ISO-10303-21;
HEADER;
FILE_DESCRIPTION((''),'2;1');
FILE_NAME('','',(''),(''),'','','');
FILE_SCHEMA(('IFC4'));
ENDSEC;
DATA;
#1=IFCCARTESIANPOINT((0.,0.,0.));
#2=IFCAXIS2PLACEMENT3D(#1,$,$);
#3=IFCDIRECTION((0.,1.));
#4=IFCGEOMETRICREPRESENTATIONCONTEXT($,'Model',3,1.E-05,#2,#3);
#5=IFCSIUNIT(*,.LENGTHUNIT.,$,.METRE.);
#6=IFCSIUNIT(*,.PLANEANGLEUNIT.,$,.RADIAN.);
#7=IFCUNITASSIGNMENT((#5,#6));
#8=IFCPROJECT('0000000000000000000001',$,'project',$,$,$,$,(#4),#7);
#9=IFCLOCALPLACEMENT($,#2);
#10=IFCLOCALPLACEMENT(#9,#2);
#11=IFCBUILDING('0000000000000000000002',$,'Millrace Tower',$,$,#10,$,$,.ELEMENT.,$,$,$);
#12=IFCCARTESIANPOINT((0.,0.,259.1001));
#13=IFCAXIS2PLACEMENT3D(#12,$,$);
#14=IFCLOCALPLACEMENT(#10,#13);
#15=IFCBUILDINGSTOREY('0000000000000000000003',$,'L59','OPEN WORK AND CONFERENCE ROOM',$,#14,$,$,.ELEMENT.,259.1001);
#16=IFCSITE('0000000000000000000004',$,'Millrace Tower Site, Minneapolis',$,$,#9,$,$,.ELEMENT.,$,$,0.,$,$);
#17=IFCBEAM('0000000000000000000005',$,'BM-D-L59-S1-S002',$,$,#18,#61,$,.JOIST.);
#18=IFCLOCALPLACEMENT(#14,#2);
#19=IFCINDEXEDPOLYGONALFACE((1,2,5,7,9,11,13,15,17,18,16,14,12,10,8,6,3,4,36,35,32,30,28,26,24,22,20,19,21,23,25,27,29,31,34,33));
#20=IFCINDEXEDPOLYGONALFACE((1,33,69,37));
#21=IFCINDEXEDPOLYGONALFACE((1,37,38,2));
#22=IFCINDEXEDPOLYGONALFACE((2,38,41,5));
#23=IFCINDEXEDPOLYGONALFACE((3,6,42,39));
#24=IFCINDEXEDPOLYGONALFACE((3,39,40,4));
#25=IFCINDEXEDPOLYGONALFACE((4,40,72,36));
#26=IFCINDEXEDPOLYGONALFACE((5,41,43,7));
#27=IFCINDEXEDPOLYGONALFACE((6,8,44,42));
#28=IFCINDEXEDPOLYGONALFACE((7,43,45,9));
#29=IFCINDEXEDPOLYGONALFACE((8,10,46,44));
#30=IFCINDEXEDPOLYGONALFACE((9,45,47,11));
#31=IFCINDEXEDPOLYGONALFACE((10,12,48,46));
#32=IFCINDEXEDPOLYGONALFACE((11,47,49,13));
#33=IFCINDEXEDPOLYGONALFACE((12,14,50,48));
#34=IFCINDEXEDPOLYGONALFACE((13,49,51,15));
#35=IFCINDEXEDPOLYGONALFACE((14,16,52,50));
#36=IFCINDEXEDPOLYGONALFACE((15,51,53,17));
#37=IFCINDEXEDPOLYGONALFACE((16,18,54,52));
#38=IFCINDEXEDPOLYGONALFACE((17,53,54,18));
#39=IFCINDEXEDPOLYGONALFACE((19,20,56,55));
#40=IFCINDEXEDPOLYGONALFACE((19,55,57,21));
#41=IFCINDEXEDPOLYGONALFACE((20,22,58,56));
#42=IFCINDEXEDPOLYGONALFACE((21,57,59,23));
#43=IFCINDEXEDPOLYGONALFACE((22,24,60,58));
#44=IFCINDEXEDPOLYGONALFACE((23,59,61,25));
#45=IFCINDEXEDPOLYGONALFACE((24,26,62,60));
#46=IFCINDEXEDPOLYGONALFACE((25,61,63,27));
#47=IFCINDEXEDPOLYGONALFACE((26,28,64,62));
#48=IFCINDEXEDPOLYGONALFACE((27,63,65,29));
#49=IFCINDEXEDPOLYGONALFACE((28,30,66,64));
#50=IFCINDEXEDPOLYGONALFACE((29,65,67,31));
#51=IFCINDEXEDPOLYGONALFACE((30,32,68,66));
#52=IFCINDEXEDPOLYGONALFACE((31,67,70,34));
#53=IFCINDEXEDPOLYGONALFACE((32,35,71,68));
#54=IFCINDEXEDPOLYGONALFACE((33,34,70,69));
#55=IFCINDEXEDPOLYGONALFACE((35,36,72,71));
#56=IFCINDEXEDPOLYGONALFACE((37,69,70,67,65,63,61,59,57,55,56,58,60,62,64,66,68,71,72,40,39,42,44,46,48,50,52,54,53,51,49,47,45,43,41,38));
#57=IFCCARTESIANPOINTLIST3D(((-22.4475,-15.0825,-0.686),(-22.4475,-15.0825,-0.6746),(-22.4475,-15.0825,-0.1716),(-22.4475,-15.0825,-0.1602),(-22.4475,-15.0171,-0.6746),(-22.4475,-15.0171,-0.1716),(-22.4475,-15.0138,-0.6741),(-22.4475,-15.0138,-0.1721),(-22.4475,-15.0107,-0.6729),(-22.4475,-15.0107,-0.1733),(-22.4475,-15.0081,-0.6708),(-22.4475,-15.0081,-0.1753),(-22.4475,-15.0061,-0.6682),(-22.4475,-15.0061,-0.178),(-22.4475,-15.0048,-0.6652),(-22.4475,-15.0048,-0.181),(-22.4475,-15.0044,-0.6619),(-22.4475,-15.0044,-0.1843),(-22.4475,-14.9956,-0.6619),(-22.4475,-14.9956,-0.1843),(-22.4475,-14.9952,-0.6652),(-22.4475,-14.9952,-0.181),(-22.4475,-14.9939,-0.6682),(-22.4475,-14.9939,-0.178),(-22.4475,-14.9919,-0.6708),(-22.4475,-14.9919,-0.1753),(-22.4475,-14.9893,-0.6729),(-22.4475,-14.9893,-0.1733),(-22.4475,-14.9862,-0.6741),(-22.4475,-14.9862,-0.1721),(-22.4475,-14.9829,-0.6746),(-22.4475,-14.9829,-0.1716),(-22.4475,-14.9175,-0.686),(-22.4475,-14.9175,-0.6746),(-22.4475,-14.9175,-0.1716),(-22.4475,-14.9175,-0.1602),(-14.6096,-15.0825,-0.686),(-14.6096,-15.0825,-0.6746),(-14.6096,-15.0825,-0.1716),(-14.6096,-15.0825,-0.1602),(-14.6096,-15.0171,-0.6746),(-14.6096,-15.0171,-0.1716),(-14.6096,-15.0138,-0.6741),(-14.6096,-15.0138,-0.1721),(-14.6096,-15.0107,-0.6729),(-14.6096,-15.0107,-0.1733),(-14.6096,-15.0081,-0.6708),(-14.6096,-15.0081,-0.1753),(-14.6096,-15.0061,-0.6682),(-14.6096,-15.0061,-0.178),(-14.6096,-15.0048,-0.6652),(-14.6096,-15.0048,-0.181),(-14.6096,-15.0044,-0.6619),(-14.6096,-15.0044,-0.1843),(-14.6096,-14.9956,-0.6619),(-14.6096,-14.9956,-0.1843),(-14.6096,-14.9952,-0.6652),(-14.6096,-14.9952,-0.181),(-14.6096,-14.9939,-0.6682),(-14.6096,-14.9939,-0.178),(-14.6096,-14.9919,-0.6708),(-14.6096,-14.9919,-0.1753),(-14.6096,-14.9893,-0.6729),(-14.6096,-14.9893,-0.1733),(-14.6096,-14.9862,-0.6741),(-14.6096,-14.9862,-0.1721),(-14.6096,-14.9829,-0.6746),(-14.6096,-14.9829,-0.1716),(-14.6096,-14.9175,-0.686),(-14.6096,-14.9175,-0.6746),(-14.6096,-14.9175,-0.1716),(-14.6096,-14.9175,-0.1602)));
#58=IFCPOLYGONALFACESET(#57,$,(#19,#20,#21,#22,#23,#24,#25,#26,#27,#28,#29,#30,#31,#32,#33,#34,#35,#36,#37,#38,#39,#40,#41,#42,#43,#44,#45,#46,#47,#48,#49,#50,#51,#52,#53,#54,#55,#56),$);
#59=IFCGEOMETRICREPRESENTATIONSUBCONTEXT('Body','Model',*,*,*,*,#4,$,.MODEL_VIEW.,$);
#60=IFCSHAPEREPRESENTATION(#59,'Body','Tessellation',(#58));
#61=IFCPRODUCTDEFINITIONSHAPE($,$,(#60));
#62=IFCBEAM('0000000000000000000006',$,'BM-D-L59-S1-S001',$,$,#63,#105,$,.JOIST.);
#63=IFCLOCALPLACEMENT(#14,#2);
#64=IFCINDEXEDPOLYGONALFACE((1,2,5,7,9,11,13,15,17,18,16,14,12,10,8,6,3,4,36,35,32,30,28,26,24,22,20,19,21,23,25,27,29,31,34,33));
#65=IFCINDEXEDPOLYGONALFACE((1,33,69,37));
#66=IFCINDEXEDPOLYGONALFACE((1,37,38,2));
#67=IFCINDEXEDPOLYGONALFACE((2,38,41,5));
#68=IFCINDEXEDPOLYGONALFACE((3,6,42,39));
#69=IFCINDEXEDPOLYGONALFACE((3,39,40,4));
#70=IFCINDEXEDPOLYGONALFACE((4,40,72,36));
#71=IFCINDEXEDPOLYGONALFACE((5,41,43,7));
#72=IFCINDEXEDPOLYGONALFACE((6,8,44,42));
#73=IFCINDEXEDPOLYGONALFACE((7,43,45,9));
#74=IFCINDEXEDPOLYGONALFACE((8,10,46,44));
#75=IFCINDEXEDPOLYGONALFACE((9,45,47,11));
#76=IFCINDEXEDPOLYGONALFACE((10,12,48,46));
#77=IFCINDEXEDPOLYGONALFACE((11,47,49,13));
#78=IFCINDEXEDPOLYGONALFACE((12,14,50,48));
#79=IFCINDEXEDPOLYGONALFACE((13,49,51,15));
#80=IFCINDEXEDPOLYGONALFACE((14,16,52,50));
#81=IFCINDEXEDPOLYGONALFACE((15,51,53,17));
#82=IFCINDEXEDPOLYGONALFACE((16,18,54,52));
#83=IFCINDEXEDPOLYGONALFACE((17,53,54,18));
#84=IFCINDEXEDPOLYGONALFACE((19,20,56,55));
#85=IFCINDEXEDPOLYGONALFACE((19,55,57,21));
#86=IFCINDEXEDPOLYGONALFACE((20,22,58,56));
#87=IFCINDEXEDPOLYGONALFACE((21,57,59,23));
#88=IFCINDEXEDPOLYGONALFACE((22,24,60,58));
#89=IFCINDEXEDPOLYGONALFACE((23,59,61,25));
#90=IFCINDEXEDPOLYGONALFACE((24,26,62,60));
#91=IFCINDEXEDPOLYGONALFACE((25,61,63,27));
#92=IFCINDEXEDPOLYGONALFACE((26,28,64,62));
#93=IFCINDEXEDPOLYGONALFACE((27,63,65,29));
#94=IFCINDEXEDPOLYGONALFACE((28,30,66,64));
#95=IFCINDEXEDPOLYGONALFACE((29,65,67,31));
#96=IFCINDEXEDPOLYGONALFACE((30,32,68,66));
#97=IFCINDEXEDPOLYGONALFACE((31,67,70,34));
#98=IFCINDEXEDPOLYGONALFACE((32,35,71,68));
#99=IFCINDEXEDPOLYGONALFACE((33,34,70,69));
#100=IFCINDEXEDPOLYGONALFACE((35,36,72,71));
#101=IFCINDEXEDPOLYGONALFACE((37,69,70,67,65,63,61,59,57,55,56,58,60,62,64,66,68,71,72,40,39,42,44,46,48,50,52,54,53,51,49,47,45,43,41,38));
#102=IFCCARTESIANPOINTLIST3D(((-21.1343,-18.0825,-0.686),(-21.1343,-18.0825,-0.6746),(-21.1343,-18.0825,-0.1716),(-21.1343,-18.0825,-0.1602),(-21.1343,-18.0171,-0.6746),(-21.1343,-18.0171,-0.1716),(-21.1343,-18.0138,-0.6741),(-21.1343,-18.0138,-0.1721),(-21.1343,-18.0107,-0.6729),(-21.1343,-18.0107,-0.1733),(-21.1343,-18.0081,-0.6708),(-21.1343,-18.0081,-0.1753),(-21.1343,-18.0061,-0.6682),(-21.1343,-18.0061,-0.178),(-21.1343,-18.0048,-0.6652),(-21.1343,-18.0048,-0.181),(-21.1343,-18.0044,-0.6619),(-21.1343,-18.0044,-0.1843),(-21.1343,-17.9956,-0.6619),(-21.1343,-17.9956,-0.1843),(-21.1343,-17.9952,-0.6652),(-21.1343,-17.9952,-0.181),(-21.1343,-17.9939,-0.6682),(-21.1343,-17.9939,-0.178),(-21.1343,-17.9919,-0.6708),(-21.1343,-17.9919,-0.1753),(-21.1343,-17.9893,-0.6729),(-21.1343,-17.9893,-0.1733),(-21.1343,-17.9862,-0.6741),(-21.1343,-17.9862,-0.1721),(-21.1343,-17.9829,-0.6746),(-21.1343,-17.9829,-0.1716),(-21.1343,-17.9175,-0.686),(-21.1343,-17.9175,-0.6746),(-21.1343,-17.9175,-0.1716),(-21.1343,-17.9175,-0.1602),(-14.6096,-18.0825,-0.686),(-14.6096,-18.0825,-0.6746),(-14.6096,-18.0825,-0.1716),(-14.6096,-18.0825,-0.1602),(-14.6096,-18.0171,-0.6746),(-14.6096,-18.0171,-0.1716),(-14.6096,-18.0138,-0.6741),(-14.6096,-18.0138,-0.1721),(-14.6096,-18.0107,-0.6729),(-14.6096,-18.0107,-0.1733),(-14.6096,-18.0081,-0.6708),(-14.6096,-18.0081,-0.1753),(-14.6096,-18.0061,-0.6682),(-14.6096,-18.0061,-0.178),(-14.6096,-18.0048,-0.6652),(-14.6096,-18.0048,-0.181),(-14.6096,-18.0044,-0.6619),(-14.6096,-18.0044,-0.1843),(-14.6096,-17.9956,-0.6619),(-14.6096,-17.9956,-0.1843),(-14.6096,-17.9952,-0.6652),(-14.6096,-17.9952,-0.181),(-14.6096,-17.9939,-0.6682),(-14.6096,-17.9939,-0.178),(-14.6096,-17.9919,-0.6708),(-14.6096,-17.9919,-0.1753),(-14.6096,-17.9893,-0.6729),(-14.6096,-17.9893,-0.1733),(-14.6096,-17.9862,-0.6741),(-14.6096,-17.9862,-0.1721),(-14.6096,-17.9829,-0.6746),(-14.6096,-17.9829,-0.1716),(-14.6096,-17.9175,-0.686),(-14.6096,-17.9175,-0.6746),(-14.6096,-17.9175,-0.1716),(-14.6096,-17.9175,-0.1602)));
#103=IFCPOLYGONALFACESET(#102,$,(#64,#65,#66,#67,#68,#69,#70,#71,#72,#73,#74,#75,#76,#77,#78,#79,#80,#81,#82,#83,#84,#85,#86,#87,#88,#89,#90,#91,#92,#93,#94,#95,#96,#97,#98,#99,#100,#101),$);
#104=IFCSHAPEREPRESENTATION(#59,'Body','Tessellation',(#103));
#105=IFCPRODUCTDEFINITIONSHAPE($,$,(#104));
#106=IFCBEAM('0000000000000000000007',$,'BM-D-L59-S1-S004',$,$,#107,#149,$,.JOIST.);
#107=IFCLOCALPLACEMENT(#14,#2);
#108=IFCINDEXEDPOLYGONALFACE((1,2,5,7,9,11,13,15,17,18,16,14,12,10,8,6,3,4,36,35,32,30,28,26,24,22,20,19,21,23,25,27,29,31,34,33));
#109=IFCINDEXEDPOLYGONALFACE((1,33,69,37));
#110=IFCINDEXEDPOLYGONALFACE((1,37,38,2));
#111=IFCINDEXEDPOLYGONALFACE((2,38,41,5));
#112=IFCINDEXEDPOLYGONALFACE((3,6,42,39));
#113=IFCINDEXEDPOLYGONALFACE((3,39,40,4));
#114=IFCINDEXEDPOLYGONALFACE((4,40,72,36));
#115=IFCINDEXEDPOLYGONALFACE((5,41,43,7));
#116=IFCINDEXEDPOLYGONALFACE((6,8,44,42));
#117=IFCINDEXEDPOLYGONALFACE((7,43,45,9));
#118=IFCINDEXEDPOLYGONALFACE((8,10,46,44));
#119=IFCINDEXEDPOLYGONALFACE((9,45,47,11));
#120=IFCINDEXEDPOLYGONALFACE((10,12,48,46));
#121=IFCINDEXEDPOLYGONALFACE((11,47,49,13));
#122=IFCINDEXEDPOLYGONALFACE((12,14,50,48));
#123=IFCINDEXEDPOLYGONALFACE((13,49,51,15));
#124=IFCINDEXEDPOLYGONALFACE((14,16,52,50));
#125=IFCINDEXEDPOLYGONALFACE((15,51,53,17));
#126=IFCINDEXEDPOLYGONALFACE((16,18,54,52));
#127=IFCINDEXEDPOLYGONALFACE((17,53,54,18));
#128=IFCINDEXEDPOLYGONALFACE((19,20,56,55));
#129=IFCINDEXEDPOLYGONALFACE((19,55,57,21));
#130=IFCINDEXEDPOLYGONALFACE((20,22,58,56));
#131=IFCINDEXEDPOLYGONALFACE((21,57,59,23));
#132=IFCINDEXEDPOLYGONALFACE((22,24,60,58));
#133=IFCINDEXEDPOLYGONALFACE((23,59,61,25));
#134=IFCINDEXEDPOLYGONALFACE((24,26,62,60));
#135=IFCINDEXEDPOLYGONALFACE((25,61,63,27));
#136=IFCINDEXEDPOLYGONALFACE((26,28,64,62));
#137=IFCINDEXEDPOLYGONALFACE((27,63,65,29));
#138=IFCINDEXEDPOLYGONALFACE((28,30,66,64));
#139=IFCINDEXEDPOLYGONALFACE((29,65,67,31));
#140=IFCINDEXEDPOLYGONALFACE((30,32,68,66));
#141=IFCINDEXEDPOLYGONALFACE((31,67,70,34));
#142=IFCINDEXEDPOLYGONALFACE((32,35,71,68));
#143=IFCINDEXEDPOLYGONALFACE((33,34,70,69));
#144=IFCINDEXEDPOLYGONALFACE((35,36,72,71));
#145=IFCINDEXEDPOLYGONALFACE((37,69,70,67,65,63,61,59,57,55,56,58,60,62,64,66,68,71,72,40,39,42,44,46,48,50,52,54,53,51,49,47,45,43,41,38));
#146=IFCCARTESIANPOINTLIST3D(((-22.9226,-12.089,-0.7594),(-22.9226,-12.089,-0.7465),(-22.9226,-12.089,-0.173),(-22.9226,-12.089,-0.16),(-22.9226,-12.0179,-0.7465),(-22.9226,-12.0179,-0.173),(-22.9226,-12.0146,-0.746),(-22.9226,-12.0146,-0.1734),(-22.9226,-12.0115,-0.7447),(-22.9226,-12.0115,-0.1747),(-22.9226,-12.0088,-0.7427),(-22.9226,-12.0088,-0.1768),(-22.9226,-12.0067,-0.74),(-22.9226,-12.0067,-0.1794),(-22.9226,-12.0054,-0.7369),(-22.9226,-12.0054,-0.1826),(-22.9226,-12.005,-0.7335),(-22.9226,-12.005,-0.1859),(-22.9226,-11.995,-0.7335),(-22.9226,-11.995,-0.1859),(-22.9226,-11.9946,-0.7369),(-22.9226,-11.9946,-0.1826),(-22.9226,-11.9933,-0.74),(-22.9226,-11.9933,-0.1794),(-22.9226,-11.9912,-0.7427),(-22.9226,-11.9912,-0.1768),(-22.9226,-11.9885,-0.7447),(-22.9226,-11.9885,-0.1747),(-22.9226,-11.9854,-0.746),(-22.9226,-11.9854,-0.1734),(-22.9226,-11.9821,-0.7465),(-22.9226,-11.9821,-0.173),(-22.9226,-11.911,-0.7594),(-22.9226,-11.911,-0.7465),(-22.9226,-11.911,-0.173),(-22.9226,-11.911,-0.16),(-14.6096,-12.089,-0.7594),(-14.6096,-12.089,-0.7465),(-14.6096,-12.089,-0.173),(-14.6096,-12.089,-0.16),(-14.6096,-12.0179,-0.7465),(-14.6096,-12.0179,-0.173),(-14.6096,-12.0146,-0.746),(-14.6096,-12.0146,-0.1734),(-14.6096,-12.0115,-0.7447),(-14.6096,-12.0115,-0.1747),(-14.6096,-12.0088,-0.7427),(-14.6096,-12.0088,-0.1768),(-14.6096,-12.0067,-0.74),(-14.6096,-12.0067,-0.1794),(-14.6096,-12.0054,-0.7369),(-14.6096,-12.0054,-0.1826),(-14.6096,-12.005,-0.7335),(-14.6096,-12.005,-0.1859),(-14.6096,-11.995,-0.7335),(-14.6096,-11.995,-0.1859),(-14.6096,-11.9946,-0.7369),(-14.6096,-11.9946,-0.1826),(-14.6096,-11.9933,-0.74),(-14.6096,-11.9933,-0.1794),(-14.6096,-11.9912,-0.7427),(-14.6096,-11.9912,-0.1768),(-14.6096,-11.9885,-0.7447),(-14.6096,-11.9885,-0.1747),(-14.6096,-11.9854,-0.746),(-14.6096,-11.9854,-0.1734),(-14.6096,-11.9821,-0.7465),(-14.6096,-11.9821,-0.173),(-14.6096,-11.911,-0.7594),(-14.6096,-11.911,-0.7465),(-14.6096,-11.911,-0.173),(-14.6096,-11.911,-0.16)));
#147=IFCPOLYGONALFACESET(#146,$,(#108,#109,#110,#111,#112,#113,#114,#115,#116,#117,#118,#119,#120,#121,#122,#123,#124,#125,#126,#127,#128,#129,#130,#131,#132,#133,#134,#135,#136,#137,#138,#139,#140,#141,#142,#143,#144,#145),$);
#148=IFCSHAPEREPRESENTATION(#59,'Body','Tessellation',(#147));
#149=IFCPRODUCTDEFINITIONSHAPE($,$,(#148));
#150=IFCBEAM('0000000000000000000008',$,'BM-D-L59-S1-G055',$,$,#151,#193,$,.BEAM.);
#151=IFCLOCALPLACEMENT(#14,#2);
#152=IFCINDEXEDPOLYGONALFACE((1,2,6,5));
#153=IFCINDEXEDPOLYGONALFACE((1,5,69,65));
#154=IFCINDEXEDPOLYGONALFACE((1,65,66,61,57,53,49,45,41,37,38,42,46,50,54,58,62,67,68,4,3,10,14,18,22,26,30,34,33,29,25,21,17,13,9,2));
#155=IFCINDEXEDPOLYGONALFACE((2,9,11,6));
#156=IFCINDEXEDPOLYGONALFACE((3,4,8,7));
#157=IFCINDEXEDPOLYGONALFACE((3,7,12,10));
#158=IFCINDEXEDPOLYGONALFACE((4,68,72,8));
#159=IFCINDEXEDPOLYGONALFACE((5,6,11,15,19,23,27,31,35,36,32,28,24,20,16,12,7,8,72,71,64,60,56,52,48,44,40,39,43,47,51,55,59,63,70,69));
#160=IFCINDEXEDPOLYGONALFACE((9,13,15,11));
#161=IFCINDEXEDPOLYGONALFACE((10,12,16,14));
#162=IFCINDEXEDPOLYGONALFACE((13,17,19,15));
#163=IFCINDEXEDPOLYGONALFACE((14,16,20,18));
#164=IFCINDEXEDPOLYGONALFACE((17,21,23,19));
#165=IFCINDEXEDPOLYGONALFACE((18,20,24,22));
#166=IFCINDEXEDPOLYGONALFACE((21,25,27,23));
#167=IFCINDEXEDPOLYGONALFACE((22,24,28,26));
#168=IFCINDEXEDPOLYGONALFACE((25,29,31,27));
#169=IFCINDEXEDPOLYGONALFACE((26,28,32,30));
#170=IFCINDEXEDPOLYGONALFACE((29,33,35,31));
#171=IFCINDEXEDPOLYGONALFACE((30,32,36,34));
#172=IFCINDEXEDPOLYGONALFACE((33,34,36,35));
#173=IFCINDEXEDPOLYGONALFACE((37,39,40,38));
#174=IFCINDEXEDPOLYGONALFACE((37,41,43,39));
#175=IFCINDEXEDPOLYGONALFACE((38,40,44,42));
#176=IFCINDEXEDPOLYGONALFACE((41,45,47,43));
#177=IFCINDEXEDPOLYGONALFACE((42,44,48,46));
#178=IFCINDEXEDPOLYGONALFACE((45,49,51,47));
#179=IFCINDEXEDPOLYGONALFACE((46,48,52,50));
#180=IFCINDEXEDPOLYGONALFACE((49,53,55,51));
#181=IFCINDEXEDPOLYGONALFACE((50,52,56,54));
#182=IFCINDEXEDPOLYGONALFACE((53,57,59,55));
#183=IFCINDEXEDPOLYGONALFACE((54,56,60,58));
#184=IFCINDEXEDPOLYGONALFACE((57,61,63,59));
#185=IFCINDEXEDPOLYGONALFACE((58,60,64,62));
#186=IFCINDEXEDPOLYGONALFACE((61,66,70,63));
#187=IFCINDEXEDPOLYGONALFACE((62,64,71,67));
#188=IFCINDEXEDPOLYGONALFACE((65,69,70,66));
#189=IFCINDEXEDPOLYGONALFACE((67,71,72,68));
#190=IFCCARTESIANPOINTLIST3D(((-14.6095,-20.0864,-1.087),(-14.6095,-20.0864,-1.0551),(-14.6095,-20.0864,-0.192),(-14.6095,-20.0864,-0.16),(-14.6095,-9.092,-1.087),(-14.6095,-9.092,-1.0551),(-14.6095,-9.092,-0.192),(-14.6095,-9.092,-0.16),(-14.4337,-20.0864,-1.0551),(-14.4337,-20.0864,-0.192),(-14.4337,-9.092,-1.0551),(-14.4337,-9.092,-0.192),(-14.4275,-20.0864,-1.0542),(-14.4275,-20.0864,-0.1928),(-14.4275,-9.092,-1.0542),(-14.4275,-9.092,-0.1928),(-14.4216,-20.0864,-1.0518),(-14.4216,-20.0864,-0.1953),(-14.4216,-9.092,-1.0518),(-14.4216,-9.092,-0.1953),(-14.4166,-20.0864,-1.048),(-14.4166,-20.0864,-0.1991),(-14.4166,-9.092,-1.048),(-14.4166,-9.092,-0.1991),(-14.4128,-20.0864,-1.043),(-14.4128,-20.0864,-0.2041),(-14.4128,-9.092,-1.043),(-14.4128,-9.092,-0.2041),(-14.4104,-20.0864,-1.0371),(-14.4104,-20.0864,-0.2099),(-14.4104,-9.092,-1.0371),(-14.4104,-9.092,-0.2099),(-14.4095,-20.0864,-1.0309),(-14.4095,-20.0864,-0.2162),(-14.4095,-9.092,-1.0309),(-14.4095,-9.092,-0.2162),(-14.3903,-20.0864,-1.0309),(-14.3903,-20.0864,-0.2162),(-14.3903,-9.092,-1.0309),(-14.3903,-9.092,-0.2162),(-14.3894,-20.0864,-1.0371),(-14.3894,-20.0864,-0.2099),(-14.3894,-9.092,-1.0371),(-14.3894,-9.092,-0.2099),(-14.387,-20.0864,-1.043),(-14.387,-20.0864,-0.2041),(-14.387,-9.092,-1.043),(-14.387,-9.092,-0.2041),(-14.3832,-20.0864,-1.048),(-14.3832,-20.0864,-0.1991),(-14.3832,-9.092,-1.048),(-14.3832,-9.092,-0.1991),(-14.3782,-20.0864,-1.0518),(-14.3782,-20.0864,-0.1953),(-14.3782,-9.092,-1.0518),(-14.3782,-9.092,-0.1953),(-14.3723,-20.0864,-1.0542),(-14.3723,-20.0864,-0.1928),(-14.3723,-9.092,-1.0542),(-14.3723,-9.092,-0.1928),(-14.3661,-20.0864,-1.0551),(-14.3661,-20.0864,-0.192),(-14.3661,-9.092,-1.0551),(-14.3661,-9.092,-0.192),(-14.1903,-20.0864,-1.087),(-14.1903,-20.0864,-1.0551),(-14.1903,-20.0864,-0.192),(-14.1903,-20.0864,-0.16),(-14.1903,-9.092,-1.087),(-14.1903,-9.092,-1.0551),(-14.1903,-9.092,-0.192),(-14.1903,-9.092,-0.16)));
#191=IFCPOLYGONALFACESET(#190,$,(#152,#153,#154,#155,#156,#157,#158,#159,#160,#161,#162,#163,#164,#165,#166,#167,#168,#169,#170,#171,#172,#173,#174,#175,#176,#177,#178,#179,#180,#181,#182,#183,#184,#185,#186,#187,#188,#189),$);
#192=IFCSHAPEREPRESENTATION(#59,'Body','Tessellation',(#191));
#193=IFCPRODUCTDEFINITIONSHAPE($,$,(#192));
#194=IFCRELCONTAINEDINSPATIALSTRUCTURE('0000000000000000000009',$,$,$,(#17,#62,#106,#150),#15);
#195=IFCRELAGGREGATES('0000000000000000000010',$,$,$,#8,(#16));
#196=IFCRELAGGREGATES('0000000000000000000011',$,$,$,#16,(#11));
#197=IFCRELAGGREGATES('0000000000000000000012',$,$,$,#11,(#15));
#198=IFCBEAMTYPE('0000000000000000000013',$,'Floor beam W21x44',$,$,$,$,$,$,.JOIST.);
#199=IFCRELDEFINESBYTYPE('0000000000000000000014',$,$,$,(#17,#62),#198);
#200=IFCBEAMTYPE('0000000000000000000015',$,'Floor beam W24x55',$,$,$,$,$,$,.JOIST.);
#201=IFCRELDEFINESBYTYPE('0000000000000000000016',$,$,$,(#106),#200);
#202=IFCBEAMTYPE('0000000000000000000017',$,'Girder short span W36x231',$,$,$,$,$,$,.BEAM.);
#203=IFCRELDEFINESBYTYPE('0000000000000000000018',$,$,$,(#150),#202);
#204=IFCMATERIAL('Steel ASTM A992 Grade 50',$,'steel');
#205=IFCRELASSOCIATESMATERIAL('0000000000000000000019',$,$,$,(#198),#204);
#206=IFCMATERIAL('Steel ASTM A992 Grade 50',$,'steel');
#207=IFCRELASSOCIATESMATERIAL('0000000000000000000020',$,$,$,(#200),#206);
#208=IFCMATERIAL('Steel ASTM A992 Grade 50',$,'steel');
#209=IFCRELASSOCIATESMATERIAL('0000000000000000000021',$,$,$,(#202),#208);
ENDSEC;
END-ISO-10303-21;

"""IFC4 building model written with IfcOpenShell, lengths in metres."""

from ifc_helpers import new_model, si_unit, direction, frame, origin, origin_2d, place, context, subcontext, project, spatial, i_section, extrude, material, material_profile, profile_set, type_object, element, save


model = new_model("IFC4")

# Units and contexts
model_context = context("Model", 3, precision=1e-05, world=origin(), true_north=direction((0.0, 1.0)))
body_context = subcontext(model_context, "Body", "Model", "MODEL_VIEW")
ifc_project = project(units=[si_unit("LENGTHUNIT", "METRE"), si_unit("PLANEANGLEUNIT", "RADIAN")], contexts=[model_context])

# Site, building, storey
site_placement = place(None, origin())
site = spatial("IfcSite", under=ifc_project, at=site_placement, Name="Millrace Tower Site, Minneapolis", CompositionType="ELEMENT", RefElevation=0.0)
building_placement = place(site_placement, origin())
building = spatial("IfcBuilding", under=site, at=building_placement, Name="Millrace Tower", CompositionType="ELEMENT")
storey_placement = place(building_placement, frame((0.0, 0.0, 259.1001)))
storey = spatial("IfcBuildingStorey", under=building, at=storey_placement, Name="L59", Description="OPEN WORK AND CONFERENCE ROOM", CompositionType="ELEMENT", Elevation=259.1001)

# Beams
ifc_material_1 = material(Name="Steel ASTM A992 Grade 50", Category="steel")
ifc_material_profile_1 = material_profile(ifc_material_1, i_section(OverallWidth=0.165, OverallDepth=0.5259, WebThickness=0.0088, FlangeThickness=0.0115, FilletRadius=0.0127, at=origin_2d()))
ifc_profile_set_1 = profile_set([ifc_material_profile_1], Name="Steel ASTM A992 Grade 50")
beam_type_1 = type_object("IfcBeamType", Name="Floor beam W21x44", PredefinedType="JOIST", material=ifc_profile_set_1)
beam_1_placement = place(storey_placement, frame((-22.4475, -15.0, -0.4231), z_axis=(1.0, 0.0, 0.0), x_axis=(0.0, 1.0, 0.0)))
element("IfcBeam", 1, at=beam_1_placement, inside=storey, type_object=beam_type_1, Name="BM-D-L59-S1-S002", PredefinedType="JOIST", context=body_context, shape_type="SweptSolid", body=[
    extrude(i_section(OverallWidth=0.165, OverallDepth=0.5259, WebThickness=0.0088, FlangeThickness=0.0115, FilletRadius=0.0127, at=origin_2d()), origin(), (0.0, 0.0, 1.0), 7.8379),
])
beam_2_placement = place(storey_placement, frame((-21.1343, -18.0, -0.4231), z_axis=(1.0, 0.0, 0.0), x_axis=(0.0, 1.0, 0.0)))
element("IfcBeam", 2, at=beam_2_placement, inside=storey, type_object=beam_type_1, Name="BM-D-L59-S1-S001", PredefinedType="JOIST", context=body_context, shape_type="SweptSolid", body=[
    extrude(i_section(OverallWidth=0.165, OverallDepth=0.5259, WebThickness=0.0088, FlangeThickness=0.0115, FilletRadius=0.0127, at=origin_2d()), origin(), (0.0, 0.0, 1.0), 6.5247),
])
ifc_material_2 = material(Name="Steel ASTM A992 Grade 50", Category="steel")
ifc_material_profile_2 = material_profile(ifc_material_2, i_section(OverallWidth=0.178, OverallDepth=0.5994, WebThickness=0.01, FlangeThickness=0.0129, FilletRadius=0.0129, at=origin_2d()))
ifc_profile_set_2 = profile_set([ifc_material_profile_2], Name="Steel ASTM A992 Grade 50")
beam_type_2 = type_object("IfcBeamType", Name="Floor beam W24x55", PredefinedType="JOIST", material=ifc_profile_set_2)
beam_3_placement = place(storey_placement, frame((-22.9226, -12.0, -0.4597), z_axis=(1.0, 0.0, 0.0), x_axis=(0.0, 1.0, 0.0)))
element("IfcBeam", 3, at=beam_3_placement, inside=storey, type_object=beam_type_2, Name="BM-D-L59-S1-S004", PredefinedType="JOIST", context=body_context, shape_type="SweptSolid", body=[
    extrude(i_section(OverallWidth=0.178, OverallDepth=0.5994, WebThickness=0.01, FlangeThickness=0.0129, FilletRadius=0.0129, at=origin_2d()), origin(), (0.0, 0.0, 1.0), 8.313),
])
ifc_material_3 = material(Name="Steel ASTM A992 Grade 50", Category="steel")
ifc_material_profile_3 = material_profile(ifc_material_3, i_section(OverallWidth=0.4192, OverallDepth=0.927, WebThickness=0.0193, FlangeThickness=0.032, FilletRadius=0.0242, at=origin_2d()))
ifc_profile_set_3 = profile_set([ifc_material_profile_3], Name="Steel ASTM A992 Grade 50")
beam_type_3 = type_object("IfcBeamType", Name="Girder short span W36x231", PredefinedType="BEAM", material=ifc_profile_set_3)
beam_4_placement = place(storey_placement, frame((-14.3999, -20.0864, -0.6235), z_axis=(0.0, 1.0, 0.0), x_axis=(-1.0, 0.0, 0.0)))
element("IfcBeam", 4, at=beam_4_placement, inside=storey, type_object=beam_type_3, Name="BM-D-L59-S1-G055", PredefinedType="BEAM", context=body_context, shape_type="SweptSolid", body=[
    extrude(i_section(OverallWidth=0.4192, OverallDepth=0.927, WebThickness=0.0193, FlangeThickness=0.032, FilletRadius=0.0242, at=origin_2d()), origin(), (0.0, 0.0, 1.0), 10.9944),
])

save(model, "model.ifc")
